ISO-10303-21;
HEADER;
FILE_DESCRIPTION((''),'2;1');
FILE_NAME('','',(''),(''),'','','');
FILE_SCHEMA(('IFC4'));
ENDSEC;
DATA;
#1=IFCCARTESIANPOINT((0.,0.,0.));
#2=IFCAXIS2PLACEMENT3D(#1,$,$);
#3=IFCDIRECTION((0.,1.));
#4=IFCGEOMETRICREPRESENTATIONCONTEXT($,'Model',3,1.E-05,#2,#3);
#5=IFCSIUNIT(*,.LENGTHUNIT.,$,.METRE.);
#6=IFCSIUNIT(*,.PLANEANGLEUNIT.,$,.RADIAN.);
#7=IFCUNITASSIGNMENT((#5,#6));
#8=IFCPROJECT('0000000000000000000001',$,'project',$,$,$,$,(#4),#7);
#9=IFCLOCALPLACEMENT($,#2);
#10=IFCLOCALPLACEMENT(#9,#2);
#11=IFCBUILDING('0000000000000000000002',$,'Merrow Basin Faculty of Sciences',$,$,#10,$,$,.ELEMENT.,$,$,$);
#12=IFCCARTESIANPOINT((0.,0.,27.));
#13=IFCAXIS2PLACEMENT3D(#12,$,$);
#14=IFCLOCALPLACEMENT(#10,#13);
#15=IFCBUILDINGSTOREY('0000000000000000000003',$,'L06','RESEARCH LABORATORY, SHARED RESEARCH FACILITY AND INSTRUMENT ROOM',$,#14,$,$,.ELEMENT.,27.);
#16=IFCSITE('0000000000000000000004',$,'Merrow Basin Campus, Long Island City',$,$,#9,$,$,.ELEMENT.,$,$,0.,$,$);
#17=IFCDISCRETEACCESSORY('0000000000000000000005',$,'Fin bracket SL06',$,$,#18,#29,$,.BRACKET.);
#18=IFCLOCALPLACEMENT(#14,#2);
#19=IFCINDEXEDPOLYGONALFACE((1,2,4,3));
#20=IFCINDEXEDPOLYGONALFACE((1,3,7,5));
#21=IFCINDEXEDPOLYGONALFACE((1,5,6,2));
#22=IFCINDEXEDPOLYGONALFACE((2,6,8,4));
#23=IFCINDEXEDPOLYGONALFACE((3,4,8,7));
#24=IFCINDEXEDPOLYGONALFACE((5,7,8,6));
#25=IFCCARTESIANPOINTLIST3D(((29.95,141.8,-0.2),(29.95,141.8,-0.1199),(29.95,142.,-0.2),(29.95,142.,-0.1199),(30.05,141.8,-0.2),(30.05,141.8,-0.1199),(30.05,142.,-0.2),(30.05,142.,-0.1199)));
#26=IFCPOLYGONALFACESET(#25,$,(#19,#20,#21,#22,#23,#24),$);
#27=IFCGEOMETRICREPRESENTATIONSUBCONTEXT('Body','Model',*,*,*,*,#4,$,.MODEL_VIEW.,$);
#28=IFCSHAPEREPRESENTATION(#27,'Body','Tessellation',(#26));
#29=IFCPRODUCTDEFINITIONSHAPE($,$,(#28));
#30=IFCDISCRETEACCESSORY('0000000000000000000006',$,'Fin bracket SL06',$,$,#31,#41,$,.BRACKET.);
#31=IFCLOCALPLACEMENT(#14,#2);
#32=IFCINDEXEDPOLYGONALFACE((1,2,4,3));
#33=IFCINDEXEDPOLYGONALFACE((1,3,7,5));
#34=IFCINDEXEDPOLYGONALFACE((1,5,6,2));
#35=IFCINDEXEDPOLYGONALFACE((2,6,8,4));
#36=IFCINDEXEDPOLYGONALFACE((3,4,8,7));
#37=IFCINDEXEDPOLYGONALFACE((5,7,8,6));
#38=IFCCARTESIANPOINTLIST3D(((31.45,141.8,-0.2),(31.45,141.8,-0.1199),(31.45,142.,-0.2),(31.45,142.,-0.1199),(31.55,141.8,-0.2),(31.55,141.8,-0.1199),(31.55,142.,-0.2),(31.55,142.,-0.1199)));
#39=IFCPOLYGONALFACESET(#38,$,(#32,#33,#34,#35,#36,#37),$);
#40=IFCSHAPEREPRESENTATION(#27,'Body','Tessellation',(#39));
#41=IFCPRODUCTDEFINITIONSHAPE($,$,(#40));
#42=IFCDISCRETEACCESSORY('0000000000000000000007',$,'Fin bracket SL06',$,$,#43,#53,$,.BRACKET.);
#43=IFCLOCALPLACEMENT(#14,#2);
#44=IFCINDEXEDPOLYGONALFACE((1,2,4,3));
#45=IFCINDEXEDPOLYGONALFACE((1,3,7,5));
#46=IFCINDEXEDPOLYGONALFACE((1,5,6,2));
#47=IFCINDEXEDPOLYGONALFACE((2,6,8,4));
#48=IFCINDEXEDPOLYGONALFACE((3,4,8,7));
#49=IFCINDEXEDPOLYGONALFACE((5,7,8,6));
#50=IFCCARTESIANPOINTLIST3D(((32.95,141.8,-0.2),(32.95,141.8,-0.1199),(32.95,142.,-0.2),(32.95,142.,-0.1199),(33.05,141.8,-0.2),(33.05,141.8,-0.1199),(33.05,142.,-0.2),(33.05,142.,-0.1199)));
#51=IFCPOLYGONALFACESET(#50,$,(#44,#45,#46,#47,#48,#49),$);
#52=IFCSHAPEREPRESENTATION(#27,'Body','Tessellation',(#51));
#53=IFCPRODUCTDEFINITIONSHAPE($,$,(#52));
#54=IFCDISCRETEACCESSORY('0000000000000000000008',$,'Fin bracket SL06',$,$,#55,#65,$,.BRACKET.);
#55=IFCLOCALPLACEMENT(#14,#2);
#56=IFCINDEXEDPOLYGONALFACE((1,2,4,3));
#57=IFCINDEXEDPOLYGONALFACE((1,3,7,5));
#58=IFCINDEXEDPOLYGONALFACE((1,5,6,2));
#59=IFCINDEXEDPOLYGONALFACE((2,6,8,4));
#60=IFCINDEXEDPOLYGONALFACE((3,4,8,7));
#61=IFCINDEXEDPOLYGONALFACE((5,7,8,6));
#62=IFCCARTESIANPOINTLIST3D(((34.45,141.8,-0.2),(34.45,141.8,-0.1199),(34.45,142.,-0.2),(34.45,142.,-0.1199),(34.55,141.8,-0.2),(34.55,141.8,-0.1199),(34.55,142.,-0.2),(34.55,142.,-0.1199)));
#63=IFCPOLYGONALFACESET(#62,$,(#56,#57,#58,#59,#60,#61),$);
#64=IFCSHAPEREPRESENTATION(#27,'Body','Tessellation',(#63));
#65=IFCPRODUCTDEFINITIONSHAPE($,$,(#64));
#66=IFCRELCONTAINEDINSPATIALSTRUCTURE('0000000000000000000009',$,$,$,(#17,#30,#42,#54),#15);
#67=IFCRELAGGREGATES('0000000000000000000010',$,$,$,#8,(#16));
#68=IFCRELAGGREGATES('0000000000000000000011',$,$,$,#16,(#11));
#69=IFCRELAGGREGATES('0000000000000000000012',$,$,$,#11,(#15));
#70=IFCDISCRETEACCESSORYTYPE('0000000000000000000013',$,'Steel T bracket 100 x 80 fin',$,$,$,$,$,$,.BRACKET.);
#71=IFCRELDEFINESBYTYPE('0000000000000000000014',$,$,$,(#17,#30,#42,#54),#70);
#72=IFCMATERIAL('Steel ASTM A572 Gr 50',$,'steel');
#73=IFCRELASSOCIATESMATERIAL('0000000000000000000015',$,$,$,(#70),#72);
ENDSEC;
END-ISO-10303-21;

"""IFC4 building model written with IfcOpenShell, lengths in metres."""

from ifc_helpers import new_model, si_unit, direction, frame, origin, place, context, subcontext, project, spatial, polyline, outline, extrude, source, transform, mapped, material, type_object, element, save


model = new_model("IFC4")

# Units and contexts
model_context = context("Model", 3, precision=1e-05, world=origin(), true_north=direction((0.0, 1.0)))
body_context = subcontext(model_context, "Body", "Model", "MODEL_VIEW")
ifc_project = project(units=[si_unit("LENGTHUNIT", "METRE"), si_unit("PLANEANGLEUNIT", "RADIAN")], contexts=[model_context])

# Site, building, storey
site_placement = place(None, origin())
site = spatial("IfcSite", under=ifc_project, at=site_placement, Name="Merrow Basin Campus, Long Island City", CompositionType="ELEMENT", RefElevation=0.0)
building_placement = place(site_placement, origin())
building = spatial("IfcBuilding", under=site, at=building_placement, Name="Merrow Basin Faculty of Sciences", CompositionType="ELEMENT")
storey_placement = place(building_placement, frame((0.0, 0.0, 27.0)))
storey = spatial("IfcBuildingStorey", under=building, at=storey_placement, Name="L06", Description="RESEARCH LABORATORY, SHARED RESEARCH FACILITY AND INSTRUMENT ROOM", CompositionType="ELEMENT", Elevation=27.0)

# Discrete accessories
ifc_material_1 = material(Name="Steel ASTM A572 Gr 50", Category="steel")
discrete_accessory_type = type_object("IfcDiscreteAccessoryType", Name="Steel T bracket 100 x 80 fin", PredefinedType="BRACKET", material=ifc_material_1)
shared_shape = source(origin(), body_context, "Body", "SweptSolid", [
    extrude(outline(polyline([(0.0, 0.0), (0.1001, 0.0), (0.1001, 0.0801), (0.0, 0.0801), (0.0, 0.0)])), origin(), (0.0, 0.0, 1.0), 0.2),
])
for number, where, z_axis, x_axis, name in (
    (1, (29.95, 142.0, -0.2), (0.0, -1.0, 0.0), (1.0, 0.0, 0.0), "Fin bracket SL06"),
    (2, (31.45, 142.0, -0.2), (0.0, -1.0, 0.0), (1.0, 0.0, 0.0), "Fin bracket SL06"),
    (3, (32.95, 142.0, -0.2), (0.0, -1.0, 0.0), (1.0, 0.0, 0.0), "Fin bracket SL06"),
    (4, (34.45, 142.0, -0.2), (0.0, -1.0, 0.0), (1.0, 0.0, 0.0), "Fin bracket SL06"),
):
    element("IfcDiscreteAccessory", number, at=place(storey_placement, frame(where, z_axis=z_axis, x_axis=x_axis)), inside=storey, type_object=discrete_accessory_type, Name=name, PredefinedType="BRACKET", context=body_context, shape_type="MappedRepresentation", body=[
        mapped(shared_shape, transform((0.0, 0.0, 0.0), scale=1.0)),
    ])

save(model, "model.ifc")
